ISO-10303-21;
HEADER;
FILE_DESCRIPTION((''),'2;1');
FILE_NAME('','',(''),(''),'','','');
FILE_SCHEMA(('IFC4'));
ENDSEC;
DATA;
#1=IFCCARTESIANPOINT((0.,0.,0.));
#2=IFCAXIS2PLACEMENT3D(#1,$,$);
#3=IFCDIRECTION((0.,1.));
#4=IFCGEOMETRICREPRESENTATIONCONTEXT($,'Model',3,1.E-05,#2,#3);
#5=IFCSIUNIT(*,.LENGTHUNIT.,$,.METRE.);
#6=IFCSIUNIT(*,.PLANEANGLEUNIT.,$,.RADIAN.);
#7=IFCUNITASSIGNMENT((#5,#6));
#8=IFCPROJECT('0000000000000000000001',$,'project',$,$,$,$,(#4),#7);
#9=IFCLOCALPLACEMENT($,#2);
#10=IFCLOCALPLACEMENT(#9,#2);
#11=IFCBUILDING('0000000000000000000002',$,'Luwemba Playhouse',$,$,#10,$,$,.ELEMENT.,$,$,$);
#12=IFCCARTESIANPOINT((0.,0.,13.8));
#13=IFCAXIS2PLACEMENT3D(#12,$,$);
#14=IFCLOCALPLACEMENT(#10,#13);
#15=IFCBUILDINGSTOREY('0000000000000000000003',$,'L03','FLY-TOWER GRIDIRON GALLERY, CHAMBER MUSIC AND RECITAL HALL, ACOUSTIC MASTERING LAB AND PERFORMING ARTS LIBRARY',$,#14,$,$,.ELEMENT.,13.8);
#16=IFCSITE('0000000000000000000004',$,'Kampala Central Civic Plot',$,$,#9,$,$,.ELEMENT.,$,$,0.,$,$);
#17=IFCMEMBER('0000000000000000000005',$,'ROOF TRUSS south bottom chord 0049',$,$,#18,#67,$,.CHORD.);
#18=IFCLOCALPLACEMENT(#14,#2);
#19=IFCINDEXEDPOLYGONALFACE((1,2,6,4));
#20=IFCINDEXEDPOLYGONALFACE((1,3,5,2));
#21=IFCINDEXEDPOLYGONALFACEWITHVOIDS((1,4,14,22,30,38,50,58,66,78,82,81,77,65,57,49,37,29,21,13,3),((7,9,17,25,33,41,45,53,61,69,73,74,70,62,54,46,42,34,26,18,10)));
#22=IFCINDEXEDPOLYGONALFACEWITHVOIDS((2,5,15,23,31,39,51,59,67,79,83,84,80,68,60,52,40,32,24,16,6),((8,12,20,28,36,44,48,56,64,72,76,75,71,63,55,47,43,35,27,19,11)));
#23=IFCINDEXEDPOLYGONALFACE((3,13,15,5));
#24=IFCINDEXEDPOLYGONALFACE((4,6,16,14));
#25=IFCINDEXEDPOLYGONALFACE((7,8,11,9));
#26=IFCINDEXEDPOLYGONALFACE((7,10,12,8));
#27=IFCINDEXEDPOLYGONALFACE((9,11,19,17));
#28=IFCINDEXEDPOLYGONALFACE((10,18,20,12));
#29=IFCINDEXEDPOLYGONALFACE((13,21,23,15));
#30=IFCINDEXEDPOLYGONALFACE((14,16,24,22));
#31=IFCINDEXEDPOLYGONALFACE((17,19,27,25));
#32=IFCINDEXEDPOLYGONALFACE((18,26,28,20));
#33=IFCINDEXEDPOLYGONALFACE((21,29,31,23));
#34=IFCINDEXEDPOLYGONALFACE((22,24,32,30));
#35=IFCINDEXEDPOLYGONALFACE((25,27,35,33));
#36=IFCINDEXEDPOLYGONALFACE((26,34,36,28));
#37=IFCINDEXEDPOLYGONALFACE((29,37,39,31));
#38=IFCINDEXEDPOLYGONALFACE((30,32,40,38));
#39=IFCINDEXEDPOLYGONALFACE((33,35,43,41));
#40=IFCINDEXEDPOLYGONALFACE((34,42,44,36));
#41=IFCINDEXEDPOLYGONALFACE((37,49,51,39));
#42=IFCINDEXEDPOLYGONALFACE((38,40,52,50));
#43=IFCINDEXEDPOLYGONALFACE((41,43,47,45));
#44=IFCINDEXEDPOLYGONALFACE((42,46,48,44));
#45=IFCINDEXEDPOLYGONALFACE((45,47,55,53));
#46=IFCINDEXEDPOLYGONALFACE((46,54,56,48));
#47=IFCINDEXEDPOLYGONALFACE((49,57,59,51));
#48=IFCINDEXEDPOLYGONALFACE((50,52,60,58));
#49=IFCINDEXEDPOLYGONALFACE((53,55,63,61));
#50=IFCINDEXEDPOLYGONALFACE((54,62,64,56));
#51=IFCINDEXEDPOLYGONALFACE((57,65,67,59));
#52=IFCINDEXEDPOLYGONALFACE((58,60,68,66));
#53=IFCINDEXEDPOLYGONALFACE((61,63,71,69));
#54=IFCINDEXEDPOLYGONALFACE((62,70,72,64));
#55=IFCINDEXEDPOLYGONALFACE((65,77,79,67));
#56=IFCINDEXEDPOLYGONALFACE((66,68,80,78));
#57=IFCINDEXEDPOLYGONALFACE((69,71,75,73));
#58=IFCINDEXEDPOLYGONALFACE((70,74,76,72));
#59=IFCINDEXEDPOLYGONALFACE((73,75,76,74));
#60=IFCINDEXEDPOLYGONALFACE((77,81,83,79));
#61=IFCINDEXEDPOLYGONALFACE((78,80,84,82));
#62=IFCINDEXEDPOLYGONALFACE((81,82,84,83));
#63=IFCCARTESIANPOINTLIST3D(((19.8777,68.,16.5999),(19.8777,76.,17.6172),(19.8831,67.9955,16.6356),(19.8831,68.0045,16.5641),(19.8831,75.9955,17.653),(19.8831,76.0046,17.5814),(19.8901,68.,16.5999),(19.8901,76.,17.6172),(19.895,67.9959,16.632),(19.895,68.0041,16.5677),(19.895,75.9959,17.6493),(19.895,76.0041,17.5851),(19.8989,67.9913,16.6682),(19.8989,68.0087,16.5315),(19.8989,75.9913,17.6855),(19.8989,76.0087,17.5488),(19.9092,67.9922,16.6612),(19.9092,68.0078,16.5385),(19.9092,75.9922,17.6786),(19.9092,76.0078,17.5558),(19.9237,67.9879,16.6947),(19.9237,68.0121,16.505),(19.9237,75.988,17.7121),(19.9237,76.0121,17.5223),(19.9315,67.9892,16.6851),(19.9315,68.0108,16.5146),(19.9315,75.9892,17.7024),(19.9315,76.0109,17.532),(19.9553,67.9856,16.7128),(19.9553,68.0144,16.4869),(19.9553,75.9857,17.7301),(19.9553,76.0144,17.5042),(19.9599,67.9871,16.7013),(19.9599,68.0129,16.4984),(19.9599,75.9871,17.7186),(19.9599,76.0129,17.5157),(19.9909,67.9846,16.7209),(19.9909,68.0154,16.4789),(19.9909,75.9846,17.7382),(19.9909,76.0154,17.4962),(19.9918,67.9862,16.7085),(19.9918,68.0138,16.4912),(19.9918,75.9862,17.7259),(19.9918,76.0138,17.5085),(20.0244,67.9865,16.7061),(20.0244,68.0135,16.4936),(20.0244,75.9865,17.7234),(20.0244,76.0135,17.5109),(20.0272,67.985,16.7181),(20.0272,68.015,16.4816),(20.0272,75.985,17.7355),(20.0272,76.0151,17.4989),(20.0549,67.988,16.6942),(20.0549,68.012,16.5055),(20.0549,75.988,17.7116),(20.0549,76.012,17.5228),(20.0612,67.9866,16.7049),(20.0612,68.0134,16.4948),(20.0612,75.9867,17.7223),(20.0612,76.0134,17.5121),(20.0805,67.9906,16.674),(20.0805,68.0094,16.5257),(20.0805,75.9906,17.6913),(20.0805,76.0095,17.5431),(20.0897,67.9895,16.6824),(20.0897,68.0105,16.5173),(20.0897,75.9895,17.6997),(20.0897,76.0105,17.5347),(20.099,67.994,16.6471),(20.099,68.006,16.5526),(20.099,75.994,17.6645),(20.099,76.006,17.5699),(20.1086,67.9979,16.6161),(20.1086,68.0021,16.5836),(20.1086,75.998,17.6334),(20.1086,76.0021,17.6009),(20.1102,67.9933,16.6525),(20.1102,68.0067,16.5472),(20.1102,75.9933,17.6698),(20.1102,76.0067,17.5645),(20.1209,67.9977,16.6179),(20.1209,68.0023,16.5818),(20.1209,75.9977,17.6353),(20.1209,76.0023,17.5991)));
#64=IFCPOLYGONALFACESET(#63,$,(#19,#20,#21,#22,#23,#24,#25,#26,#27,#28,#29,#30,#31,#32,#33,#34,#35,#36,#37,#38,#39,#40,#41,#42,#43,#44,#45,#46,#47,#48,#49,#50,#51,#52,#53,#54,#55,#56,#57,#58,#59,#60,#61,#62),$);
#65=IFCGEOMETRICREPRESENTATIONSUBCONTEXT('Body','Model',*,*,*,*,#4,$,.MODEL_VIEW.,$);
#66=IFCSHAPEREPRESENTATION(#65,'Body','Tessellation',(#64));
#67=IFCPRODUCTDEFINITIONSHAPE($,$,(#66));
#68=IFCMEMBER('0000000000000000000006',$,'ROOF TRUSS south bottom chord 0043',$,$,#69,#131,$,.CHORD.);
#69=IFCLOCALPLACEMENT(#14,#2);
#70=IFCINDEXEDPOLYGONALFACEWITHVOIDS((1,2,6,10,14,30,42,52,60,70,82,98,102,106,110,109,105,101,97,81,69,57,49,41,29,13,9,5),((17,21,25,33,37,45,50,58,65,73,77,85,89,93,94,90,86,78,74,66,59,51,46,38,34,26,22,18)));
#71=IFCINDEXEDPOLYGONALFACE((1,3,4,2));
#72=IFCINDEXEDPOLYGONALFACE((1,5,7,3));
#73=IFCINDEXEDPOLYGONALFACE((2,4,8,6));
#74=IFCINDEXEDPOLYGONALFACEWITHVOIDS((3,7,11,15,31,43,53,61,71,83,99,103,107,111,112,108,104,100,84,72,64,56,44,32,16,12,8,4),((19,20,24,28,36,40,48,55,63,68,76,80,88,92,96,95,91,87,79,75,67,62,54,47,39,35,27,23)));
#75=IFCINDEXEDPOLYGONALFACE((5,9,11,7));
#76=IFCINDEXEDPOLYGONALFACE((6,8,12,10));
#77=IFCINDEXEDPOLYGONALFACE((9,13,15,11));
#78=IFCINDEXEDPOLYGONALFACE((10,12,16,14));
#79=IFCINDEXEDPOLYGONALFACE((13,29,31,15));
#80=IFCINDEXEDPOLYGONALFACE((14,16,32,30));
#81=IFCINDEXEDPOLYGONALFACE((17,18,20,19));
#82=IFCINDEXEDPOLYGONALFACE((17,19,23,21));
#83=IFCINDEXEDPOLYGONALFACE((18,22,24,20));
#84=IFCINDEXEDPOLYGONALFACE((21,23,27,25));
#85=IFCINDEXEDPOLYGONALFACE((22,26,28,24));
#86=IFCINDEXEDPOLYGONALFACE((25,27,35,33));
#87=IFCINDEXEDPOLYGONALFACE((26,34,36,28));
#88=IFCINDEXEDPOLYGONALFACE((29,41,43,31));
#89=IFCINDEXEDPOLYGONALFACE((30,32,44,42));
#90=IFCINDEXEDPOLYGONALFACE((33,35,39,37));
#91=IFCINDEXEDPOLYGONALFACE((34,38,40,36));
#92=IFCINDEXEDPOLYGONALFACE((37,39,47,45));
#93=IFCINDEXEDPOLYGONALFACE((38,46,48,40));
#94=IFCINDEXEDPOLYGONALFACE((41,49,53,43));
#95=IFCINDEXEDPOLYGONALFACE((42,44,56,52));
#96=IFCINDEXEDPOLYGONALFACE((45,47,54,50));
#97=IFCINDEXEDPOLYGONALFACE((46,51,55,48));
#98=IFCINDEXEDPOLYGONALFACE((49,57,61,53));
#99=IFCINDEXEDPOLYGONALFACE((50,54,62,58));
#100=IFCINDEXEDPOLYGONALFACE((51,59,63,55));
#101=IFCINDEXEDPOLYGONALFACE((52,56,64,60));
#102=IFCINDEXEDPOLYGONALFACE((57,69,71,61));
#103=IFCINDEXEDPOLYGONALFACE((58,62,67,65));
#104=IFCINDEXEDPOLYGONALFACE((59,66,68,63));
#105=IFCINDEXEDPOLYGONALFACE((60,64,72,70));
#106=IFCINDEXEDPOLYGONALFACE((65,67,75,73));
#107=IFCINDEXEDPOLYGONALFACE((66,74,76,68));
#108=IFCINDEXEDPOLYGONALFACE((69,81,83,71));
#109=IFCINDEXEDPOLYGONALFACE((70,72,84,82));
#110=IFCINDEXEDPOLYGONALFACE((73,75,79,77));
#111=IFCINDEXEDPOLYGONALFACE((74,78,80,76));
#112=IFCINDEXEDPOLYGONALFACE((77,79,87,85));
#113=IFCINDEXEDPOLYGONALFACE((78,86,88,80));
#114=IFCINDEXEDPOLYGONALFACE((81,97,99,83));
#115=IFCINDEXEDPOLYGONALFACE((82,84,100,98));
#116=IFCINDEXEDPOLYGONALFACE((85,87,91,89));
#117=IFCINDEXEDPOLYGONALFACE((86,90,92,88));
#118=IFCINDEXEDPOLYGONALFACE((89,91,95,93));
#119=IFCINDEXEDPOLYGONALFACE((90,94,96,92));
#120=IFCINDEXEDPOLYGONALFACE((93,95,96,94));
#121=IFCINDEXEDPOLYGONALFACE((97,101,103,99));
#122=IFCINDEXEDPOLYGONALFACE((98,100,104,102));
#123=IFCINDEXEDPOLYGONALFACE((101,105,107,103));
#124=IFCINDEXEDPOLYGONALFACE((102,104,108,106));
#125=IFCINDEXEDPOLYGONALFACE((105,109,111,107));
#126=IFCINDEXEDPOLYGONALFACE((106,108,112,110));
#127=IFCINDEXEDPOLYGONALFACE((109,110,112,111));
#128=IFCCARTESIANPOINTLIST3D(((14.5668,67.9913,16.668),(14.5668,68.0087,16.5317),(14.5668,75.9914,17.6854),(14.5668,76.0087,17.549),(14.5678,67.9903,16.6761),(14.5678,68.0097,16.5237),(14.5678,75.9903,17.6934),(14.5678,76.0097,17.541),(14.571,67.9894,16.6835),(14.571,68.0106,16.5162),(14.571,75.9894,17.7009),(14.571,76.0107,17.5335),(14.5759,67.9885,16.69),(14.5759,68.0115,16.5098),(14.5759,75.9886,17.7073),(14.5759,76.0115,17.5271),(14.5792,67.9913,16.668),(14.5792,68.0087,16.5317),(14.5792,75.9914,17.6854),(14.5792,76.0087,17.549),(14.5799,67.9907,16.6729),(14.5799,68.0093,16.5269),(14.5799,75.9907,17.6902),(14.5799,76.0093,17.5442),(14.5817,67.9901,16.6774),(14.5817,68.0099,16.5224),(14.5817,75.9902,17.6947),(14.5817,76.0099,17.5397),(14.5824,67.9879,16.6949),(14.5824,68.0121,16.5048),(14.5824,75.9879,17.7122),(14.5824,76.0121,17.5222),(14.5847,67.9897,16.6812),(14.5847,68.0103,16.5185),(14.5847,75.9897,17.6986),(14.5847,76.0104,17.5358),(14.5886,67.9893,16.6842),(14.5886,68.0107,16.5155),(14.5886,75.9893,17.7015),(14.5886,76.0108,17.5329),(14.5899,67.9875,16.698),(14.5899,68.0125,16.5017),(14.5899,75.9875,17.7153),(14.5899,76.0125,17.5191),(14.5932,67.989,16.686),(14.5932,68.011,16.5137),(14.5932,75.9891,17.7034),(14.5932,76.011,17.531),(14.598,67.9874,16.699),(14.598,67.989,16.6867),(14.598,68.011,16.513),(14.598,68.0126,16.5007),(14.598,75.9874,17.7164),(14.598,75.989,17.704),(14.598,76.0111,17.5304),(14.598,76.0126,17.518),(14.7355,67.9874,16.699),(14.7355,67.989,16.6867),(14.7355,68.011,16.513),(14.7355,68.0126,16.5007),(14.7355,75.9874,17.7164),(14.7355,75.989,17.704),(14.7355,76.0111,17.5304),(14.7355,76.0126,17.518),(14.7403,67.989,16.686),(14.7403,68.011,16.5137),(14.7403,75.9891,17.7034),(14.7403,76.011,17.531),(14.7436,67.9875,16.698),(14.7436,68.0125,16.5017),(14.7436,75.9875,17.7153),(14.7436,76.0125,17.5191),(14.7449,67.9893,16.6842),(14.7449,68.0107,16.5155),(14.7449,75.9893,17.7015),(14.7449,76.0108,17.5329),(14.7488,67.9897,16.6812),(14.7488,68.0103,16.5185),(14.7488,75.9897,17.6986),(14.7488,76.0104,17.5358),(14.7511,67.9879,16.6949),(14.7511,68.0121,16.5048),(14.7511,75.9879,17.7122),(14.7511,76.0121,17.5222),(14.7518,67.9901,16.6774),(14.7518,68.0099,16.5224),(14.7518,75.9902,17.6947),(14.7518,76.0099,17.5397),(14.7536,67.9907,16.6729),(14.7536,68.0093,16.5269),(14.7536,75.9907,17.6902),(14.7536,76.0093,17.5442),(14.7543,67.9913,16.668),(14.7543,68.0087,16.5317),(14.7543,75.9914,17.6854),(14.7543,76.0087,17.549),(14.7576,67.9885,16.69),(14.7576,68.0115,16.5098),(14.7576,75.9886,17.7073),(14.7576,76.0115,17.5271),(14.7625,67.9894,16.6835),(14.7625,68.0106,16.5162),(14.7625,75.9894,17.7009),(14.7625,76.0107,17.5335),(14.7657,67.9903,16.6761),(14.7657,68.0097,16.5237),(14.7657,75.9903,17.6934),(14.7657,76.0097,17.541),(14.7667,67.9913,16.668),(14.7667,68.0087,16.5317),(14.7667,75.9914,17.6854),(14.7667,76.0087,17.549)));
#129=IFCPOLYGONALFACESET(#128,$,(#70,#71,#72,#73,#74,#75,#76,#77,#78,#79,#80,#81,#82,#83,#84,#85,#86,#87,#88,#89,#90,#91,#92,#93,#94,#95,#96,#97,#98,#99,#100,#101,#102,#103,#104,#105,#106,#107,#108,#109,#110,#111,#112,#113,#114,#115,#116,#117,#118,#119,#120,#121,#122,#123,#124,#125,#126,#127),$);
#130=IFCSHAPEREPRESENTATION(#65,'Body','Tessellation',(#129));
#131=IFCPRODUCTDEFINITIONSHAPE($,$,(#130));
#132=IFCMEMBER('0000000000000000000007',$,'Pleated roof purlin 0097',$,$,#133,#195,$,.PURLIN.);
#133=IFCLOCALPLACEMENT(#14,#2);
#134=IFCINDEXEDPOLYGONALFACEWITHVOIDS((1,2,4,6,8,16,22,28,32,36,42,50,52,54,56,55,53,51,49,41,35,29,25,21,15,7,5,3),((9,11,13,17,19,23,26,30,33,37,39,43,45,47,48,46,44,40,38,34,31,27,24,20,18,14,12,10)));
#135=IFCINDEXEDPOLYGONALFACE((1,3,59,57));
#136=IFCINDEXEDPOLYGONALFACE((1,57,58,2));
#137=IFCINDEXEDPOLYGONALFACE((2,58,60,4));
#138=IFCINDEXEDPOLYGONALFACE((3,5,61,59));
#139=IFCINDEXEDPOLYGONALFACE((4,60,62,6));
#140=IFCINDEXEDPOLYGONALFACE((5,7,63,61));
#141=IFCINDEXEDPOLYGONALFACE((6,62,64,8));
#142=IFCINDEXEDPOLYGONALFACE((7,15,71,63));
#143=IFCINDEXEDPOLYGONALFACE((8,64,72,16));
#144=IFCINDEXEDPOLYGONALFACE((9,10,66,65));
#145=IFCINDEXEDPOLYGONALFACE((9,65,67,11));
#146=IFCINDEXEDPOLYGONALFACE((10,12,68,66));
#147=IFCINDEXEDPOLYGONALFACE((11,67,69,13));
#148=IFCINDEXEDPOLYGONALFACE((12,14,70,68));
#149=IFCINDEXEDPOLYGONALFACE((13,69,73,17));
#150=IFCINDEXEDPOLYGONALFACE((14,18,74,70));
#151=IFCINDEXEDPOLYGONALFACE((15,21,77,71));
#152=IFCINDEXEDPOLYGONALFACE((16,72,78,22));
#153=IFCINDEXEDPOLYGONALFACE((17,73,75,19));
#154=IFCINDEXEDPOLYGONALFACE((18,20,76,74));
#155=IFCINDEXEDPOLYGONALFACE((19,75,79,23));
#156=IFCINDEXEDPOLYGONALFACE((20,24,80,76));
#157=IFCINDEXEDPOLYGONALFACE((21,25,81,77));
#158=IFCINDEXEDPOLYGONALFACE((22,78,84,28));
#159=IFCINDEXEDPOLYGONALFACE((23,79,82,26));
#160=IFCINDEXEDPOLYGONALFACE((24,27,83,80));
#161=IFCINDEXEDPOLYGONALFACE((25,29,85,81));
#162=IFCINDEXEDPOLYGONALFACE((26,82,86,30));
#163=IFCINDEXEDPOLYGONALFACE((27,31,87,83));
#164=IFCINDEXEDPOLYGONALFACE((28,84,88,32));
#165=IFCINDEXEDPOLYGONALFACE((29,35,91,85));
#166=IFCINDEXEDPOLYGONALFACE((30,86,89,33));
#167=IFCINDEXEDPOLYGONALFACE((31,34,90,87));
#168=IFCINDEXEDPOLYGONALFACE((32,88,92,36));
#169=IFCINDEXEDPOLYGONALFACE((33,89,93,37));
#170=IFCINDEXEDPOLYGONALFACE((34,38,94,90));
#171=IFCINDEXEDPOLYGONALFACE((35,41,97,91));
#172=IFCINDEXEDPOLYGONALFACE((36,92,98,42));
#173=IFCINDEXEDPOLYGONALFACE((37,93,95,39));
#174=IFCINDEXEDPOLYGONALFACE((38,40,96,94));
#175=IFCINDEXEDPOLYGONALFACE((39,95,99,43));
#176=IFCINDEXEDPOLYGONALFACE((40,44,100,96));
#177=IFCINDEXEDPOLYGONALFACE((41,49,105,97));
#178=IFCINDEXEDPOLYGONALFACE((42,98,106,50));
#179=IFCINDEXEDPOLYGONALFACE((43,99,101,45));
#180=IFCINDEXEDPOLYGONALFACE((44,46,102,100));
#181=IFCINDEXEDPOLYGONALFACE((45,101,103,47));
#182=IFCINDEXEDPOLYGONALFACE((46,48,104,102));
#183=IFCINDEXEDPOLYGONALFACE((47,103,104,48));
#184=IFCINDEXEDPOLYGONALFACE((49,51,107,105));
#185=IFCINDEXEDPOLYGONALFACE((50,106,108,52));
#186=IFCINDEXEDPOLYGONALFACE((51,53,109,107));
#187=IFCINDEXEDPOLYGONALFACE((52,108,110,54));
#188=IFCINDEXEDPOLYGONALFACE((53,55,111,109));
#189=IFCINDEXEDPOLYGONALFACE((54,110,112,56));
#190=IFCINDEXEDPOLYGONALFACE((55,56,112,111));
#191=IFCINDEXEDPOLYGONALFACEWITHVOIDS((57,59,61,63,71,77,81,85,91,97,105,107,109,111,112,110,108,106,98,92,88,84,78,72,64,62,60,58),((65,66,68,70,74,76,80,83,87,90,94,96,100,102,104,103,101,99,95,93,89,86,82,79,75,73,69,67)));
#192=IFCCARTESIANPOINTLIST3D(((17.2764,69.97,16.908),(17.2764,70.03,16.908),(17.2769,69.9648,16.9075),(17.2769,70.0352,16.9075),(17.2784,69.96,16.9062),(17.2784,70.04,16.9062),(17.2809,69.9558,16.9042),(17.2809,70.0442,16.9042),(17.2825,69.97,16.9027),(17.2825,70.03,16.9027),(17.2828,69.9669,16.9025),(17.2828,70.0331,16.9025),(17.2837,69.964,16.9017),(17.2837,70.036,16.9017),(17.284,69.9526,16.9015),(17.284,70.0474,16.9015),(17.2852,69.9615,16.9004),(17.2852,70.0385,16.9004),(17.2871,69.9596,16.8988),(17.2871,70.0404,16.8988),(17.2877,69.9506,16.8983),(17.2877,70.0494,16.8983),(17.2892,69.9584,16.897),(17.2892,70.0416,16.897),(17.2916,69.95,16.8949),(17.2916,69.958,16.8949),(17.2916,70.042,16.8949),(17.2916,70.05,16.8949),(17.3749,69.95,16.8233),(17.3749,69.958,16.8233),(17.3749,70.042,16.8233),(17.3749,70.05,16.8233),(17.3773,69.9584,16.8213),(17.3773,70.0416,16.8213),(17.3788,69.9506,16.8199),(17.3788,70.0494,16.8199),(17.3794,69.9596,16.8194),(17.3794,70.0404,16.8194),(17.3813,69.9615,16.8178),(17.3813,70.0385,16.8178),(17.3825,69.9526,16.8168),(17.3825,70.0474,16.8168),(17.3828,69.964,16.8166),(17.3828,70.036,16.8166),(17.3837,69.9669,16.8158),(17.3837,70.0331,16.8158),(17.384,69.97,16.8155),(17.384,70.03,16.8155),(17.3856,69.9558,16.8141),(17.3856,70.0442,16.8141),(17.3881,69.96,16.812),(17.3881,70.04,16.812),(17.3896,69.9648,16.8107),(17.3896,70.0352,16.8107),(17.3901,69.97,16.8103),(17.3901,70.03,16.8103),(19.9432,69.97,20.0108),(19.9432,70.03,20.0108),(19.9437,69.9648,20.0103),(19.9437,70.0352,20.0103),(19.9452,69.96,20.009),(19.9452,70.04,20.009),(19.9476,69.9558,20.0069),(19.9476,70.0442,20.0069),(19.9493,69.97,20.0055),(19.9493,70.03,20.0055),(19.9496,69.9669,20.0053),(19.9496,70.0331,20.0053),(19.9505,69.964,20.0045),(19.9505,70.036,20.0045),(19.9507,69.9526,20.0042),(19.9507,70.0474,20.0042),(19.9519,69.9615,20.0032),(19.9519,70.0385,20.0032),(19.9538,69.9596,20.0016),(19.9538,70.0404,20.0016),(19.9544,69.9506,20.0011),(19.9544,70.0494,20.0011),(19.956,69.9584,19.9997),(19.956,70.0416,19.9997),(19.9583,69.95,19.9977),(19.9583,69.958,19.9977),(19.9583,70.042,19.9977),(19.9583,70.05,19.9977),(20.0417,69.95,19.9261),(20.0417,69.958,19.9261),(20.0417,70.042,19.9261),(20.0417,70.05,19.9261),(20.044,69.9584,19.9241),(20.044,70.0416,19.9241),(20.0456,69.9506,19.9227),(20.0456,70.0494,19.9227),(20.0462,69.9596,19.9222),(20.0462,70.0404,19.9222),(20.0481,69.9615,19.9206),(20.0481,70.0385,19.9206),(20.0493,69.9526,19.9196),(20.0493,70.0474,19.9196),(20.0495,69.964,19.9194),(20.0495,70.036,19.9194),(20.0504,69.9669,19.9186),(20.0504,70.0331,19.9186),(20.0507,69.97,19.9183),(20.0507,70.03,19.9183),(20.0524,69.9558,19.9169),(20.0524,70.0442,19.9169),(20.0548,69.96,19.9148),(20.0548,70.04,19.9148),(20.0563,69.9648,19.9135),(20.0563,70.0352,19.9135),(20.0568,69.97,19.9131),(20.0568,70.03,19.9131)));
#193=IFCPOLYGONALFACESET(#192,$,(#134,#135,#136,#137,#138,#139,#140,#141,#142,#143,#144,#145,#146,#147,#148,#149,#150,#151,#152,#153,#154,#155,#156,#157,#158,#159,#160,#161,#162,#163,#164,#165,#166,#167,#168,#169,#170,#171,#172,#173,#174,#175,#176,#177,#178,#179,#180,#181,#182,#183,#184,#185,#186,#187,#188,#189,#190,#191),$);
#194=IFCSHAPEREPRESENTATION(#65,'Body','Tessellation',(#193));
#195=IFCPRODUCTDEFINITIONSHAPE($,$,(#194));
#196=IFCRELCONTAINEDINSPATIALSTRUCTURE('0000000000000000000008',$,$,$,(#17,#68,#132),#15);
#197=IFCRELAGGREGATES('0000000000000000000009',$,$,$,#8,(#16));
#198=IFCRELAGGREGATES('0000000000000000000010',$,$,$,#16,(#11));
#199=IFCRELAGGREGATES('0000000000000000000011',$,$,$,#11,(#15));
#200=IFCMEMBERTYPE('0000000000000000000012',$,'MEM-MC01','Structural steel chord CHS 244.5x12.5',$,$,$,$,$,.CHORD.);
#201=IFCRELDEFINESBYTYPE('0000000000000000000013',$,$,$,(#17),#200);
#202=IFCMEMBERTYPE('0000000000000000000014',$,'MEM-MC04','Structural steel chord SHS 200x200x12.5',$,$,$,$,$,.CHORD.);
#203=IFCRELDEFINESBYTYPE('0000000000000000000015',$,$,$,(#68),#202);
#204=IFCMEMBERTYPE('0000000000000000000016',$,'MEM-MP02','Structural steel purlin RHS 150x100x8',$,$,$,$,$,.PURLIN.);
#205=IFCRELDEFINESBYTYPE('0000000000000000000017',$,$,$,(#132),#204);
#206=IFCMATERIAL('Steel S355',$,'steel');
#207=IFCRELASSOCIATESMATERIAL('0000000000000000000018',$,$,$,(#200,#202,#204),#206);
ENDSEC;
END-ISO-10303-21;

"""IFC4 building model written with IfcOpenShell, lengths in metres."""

from ifc_helpers import new_model, si_unit, direction, frame, origin, origin_2d, place, context, subcontext, project, spatial, hollow_rectangle, hollow_circle, extrude, material, material_profile, profile_set, type_object, element, save


model = new_model("IFC4")

# Units and contexts
model_context = context("Model", 3, precision=1e-05, world=origin(), true_north=direction((0.0, 1.0)))
body_context = subcontext(model_context, "Body", "Model", "MODEL_VIEW")
ifc_project = project(units=[si_unit("LENGTHUNIT", "METRE"), si_unit("PLANEANGLEUNIT", "RADIAN")], contexts=[model_context])

# Site, building, storey
site_placement = place(None, origin())
site = spatial("IfcSite", under=ifc_project, at=site_placement, Name="Kampala Central Civic Plot", CompositionType="ELEMENT", RefElevation=0.0)
building_placement = place(site_placement, origin())
building = spatial("IfcBuilding", under=site, at=building_placement, Name="Luwemba Playhouse", CompositionType="ELEMENT")
storey_placement = place(building_placement, frame((0.0, 0.0, 13.8)))
storey = spatial("IfcBuildingStorey", under=building, at=storey_placement, Name="L03", Description="FLY-TOWER GRIDIRON GALLERY, CHAMBER MUSIC AND RECITAL HALL, ACOUSTIC MASTERING LAB AND PERFORMING ARTS LIBRARY", CompositionType="ELEMENT", Elevation=13.8)

# Shared definitions
ifc_material_1 = material(Name="Steel S355", Category="steel")

# Members
ifc_material_profile_1 = material_profile(ifc_material_1, hollow_circle(Radius=0.1223, WallThickness=0.0125, at=origin_2d()))
ifc_profile_set_1 = profile_set([ifc_material_profile_1], Name="Steel S355")
member_type_1 = type_object("IfcMemberType", Name="MEM-MC01", Description="Structural steel chord CHS 244.5x12.5", PredefinedType="CHORD", material=ifc_profile_set_1)
member_1_placement = place(storey_placement, frame((20.0, 68.0, 16.5999), z_axis=(0.0, 0.992011, 0.126151), x_axis=(-1.0, 0.0, 0.0)))
element("IfcMember", 1, at=member_1_placement, inside=storey, type_object=member_type_1, Name="ROOF TRUSS south bottom chord 0049", PredefinedType="CHORD", context=body_context, shape_type="SweptSolid", body=[
    extrude(hollow_circle(Radius=0.1223, WallThickness=0.0125, at=origin_2d()), origin(), (0.0, 0.0, 1.0), 8.0645),
])
ifc_material_profile_2 = material_profile(ifc_material_1, hollow_rectangle(XDim=0.2, YDim=0.2, WallThickness=0.0125, InnerFilletRadius=0.0188, OuterFilletRadius=0.0312, at=origin_2d()))
ifc_profile_set_2 = profile_set([ifc_material_profile_2], Name="Steel S355")
member_type_2 = type_object("IfcMemberType", Name="MEM-MC04", Description="Structural steel chord SHS 200x200x12.5", PredefinedType="CHORD", material=ifc_profile_set_2)
member_2_placement = place(storey_placement, frame((14.6667, 68.0, 16.5999), z_axis=(0.0, 0.992011, 0.126151), x_axis=(-1.0, 0.0, 0.0)))
element("IfcMember", 2, at=member_2_placement, inside=storey, type_object=member_type_2, Name="ROOF TRUSS south bottom chord 0043", PredefinedType="CHORD", context=body_context, shape_type="SweptSolid", body=[
    extrude(hollow_rectangle(XDim=0.2, YDim=0.2, WallThickness=0.0125, InnerFilletRadius=0.0188, OuterFilletRadius=0.0312, at=origin_2d()), origin(), (0.0, 0.0, 1.0), 8.0645),
])
ifc_material_profile_3 = material_profile(ifc_material_1, hollow_rectangle(XDim=0.1001, YDim=0.1499, WallThickness=0.0081, InnerFilletRadius=0.012, OuterFilletRadius=0.02, at=origin_2d()))
ifc_profile_set_3 = profile_set([ifc_material_profile_3], Name="Steel S355")
member_type_3 = type_object("IfcMemberType", Name="MEM-MP02", Description="Structural steel purlin RHS 150x100x8", PredefinedType="PURLIN", material=ifc_profile_set_3)
member_3_placement = place(storey_placement, frame((17.3333, 70.0, 16.8591), z_axis=(0.651808, 0.0, 0.758384), x_axis=(0.0, 1.0, 0.0)))
element("IfcMember", 3, at=member_3_placement, inside=storey, type_object=member_type_3, Name="Pleated roof purlin 0097", PredefinedType="PURLIN", context=body_context, shape_type="SweptSolid", body=[
    extrude(hollow_rectangle(XDim=0.1001, YDim=0.1499, WallThickness=0.0081, InnerFilletRadius=0.012, OuterFilletRadius=0.02, at=origin_2d()), origin(), (0.0, 0.0, 1.0), 4.0913),
])

save(model, "model.ifc")
